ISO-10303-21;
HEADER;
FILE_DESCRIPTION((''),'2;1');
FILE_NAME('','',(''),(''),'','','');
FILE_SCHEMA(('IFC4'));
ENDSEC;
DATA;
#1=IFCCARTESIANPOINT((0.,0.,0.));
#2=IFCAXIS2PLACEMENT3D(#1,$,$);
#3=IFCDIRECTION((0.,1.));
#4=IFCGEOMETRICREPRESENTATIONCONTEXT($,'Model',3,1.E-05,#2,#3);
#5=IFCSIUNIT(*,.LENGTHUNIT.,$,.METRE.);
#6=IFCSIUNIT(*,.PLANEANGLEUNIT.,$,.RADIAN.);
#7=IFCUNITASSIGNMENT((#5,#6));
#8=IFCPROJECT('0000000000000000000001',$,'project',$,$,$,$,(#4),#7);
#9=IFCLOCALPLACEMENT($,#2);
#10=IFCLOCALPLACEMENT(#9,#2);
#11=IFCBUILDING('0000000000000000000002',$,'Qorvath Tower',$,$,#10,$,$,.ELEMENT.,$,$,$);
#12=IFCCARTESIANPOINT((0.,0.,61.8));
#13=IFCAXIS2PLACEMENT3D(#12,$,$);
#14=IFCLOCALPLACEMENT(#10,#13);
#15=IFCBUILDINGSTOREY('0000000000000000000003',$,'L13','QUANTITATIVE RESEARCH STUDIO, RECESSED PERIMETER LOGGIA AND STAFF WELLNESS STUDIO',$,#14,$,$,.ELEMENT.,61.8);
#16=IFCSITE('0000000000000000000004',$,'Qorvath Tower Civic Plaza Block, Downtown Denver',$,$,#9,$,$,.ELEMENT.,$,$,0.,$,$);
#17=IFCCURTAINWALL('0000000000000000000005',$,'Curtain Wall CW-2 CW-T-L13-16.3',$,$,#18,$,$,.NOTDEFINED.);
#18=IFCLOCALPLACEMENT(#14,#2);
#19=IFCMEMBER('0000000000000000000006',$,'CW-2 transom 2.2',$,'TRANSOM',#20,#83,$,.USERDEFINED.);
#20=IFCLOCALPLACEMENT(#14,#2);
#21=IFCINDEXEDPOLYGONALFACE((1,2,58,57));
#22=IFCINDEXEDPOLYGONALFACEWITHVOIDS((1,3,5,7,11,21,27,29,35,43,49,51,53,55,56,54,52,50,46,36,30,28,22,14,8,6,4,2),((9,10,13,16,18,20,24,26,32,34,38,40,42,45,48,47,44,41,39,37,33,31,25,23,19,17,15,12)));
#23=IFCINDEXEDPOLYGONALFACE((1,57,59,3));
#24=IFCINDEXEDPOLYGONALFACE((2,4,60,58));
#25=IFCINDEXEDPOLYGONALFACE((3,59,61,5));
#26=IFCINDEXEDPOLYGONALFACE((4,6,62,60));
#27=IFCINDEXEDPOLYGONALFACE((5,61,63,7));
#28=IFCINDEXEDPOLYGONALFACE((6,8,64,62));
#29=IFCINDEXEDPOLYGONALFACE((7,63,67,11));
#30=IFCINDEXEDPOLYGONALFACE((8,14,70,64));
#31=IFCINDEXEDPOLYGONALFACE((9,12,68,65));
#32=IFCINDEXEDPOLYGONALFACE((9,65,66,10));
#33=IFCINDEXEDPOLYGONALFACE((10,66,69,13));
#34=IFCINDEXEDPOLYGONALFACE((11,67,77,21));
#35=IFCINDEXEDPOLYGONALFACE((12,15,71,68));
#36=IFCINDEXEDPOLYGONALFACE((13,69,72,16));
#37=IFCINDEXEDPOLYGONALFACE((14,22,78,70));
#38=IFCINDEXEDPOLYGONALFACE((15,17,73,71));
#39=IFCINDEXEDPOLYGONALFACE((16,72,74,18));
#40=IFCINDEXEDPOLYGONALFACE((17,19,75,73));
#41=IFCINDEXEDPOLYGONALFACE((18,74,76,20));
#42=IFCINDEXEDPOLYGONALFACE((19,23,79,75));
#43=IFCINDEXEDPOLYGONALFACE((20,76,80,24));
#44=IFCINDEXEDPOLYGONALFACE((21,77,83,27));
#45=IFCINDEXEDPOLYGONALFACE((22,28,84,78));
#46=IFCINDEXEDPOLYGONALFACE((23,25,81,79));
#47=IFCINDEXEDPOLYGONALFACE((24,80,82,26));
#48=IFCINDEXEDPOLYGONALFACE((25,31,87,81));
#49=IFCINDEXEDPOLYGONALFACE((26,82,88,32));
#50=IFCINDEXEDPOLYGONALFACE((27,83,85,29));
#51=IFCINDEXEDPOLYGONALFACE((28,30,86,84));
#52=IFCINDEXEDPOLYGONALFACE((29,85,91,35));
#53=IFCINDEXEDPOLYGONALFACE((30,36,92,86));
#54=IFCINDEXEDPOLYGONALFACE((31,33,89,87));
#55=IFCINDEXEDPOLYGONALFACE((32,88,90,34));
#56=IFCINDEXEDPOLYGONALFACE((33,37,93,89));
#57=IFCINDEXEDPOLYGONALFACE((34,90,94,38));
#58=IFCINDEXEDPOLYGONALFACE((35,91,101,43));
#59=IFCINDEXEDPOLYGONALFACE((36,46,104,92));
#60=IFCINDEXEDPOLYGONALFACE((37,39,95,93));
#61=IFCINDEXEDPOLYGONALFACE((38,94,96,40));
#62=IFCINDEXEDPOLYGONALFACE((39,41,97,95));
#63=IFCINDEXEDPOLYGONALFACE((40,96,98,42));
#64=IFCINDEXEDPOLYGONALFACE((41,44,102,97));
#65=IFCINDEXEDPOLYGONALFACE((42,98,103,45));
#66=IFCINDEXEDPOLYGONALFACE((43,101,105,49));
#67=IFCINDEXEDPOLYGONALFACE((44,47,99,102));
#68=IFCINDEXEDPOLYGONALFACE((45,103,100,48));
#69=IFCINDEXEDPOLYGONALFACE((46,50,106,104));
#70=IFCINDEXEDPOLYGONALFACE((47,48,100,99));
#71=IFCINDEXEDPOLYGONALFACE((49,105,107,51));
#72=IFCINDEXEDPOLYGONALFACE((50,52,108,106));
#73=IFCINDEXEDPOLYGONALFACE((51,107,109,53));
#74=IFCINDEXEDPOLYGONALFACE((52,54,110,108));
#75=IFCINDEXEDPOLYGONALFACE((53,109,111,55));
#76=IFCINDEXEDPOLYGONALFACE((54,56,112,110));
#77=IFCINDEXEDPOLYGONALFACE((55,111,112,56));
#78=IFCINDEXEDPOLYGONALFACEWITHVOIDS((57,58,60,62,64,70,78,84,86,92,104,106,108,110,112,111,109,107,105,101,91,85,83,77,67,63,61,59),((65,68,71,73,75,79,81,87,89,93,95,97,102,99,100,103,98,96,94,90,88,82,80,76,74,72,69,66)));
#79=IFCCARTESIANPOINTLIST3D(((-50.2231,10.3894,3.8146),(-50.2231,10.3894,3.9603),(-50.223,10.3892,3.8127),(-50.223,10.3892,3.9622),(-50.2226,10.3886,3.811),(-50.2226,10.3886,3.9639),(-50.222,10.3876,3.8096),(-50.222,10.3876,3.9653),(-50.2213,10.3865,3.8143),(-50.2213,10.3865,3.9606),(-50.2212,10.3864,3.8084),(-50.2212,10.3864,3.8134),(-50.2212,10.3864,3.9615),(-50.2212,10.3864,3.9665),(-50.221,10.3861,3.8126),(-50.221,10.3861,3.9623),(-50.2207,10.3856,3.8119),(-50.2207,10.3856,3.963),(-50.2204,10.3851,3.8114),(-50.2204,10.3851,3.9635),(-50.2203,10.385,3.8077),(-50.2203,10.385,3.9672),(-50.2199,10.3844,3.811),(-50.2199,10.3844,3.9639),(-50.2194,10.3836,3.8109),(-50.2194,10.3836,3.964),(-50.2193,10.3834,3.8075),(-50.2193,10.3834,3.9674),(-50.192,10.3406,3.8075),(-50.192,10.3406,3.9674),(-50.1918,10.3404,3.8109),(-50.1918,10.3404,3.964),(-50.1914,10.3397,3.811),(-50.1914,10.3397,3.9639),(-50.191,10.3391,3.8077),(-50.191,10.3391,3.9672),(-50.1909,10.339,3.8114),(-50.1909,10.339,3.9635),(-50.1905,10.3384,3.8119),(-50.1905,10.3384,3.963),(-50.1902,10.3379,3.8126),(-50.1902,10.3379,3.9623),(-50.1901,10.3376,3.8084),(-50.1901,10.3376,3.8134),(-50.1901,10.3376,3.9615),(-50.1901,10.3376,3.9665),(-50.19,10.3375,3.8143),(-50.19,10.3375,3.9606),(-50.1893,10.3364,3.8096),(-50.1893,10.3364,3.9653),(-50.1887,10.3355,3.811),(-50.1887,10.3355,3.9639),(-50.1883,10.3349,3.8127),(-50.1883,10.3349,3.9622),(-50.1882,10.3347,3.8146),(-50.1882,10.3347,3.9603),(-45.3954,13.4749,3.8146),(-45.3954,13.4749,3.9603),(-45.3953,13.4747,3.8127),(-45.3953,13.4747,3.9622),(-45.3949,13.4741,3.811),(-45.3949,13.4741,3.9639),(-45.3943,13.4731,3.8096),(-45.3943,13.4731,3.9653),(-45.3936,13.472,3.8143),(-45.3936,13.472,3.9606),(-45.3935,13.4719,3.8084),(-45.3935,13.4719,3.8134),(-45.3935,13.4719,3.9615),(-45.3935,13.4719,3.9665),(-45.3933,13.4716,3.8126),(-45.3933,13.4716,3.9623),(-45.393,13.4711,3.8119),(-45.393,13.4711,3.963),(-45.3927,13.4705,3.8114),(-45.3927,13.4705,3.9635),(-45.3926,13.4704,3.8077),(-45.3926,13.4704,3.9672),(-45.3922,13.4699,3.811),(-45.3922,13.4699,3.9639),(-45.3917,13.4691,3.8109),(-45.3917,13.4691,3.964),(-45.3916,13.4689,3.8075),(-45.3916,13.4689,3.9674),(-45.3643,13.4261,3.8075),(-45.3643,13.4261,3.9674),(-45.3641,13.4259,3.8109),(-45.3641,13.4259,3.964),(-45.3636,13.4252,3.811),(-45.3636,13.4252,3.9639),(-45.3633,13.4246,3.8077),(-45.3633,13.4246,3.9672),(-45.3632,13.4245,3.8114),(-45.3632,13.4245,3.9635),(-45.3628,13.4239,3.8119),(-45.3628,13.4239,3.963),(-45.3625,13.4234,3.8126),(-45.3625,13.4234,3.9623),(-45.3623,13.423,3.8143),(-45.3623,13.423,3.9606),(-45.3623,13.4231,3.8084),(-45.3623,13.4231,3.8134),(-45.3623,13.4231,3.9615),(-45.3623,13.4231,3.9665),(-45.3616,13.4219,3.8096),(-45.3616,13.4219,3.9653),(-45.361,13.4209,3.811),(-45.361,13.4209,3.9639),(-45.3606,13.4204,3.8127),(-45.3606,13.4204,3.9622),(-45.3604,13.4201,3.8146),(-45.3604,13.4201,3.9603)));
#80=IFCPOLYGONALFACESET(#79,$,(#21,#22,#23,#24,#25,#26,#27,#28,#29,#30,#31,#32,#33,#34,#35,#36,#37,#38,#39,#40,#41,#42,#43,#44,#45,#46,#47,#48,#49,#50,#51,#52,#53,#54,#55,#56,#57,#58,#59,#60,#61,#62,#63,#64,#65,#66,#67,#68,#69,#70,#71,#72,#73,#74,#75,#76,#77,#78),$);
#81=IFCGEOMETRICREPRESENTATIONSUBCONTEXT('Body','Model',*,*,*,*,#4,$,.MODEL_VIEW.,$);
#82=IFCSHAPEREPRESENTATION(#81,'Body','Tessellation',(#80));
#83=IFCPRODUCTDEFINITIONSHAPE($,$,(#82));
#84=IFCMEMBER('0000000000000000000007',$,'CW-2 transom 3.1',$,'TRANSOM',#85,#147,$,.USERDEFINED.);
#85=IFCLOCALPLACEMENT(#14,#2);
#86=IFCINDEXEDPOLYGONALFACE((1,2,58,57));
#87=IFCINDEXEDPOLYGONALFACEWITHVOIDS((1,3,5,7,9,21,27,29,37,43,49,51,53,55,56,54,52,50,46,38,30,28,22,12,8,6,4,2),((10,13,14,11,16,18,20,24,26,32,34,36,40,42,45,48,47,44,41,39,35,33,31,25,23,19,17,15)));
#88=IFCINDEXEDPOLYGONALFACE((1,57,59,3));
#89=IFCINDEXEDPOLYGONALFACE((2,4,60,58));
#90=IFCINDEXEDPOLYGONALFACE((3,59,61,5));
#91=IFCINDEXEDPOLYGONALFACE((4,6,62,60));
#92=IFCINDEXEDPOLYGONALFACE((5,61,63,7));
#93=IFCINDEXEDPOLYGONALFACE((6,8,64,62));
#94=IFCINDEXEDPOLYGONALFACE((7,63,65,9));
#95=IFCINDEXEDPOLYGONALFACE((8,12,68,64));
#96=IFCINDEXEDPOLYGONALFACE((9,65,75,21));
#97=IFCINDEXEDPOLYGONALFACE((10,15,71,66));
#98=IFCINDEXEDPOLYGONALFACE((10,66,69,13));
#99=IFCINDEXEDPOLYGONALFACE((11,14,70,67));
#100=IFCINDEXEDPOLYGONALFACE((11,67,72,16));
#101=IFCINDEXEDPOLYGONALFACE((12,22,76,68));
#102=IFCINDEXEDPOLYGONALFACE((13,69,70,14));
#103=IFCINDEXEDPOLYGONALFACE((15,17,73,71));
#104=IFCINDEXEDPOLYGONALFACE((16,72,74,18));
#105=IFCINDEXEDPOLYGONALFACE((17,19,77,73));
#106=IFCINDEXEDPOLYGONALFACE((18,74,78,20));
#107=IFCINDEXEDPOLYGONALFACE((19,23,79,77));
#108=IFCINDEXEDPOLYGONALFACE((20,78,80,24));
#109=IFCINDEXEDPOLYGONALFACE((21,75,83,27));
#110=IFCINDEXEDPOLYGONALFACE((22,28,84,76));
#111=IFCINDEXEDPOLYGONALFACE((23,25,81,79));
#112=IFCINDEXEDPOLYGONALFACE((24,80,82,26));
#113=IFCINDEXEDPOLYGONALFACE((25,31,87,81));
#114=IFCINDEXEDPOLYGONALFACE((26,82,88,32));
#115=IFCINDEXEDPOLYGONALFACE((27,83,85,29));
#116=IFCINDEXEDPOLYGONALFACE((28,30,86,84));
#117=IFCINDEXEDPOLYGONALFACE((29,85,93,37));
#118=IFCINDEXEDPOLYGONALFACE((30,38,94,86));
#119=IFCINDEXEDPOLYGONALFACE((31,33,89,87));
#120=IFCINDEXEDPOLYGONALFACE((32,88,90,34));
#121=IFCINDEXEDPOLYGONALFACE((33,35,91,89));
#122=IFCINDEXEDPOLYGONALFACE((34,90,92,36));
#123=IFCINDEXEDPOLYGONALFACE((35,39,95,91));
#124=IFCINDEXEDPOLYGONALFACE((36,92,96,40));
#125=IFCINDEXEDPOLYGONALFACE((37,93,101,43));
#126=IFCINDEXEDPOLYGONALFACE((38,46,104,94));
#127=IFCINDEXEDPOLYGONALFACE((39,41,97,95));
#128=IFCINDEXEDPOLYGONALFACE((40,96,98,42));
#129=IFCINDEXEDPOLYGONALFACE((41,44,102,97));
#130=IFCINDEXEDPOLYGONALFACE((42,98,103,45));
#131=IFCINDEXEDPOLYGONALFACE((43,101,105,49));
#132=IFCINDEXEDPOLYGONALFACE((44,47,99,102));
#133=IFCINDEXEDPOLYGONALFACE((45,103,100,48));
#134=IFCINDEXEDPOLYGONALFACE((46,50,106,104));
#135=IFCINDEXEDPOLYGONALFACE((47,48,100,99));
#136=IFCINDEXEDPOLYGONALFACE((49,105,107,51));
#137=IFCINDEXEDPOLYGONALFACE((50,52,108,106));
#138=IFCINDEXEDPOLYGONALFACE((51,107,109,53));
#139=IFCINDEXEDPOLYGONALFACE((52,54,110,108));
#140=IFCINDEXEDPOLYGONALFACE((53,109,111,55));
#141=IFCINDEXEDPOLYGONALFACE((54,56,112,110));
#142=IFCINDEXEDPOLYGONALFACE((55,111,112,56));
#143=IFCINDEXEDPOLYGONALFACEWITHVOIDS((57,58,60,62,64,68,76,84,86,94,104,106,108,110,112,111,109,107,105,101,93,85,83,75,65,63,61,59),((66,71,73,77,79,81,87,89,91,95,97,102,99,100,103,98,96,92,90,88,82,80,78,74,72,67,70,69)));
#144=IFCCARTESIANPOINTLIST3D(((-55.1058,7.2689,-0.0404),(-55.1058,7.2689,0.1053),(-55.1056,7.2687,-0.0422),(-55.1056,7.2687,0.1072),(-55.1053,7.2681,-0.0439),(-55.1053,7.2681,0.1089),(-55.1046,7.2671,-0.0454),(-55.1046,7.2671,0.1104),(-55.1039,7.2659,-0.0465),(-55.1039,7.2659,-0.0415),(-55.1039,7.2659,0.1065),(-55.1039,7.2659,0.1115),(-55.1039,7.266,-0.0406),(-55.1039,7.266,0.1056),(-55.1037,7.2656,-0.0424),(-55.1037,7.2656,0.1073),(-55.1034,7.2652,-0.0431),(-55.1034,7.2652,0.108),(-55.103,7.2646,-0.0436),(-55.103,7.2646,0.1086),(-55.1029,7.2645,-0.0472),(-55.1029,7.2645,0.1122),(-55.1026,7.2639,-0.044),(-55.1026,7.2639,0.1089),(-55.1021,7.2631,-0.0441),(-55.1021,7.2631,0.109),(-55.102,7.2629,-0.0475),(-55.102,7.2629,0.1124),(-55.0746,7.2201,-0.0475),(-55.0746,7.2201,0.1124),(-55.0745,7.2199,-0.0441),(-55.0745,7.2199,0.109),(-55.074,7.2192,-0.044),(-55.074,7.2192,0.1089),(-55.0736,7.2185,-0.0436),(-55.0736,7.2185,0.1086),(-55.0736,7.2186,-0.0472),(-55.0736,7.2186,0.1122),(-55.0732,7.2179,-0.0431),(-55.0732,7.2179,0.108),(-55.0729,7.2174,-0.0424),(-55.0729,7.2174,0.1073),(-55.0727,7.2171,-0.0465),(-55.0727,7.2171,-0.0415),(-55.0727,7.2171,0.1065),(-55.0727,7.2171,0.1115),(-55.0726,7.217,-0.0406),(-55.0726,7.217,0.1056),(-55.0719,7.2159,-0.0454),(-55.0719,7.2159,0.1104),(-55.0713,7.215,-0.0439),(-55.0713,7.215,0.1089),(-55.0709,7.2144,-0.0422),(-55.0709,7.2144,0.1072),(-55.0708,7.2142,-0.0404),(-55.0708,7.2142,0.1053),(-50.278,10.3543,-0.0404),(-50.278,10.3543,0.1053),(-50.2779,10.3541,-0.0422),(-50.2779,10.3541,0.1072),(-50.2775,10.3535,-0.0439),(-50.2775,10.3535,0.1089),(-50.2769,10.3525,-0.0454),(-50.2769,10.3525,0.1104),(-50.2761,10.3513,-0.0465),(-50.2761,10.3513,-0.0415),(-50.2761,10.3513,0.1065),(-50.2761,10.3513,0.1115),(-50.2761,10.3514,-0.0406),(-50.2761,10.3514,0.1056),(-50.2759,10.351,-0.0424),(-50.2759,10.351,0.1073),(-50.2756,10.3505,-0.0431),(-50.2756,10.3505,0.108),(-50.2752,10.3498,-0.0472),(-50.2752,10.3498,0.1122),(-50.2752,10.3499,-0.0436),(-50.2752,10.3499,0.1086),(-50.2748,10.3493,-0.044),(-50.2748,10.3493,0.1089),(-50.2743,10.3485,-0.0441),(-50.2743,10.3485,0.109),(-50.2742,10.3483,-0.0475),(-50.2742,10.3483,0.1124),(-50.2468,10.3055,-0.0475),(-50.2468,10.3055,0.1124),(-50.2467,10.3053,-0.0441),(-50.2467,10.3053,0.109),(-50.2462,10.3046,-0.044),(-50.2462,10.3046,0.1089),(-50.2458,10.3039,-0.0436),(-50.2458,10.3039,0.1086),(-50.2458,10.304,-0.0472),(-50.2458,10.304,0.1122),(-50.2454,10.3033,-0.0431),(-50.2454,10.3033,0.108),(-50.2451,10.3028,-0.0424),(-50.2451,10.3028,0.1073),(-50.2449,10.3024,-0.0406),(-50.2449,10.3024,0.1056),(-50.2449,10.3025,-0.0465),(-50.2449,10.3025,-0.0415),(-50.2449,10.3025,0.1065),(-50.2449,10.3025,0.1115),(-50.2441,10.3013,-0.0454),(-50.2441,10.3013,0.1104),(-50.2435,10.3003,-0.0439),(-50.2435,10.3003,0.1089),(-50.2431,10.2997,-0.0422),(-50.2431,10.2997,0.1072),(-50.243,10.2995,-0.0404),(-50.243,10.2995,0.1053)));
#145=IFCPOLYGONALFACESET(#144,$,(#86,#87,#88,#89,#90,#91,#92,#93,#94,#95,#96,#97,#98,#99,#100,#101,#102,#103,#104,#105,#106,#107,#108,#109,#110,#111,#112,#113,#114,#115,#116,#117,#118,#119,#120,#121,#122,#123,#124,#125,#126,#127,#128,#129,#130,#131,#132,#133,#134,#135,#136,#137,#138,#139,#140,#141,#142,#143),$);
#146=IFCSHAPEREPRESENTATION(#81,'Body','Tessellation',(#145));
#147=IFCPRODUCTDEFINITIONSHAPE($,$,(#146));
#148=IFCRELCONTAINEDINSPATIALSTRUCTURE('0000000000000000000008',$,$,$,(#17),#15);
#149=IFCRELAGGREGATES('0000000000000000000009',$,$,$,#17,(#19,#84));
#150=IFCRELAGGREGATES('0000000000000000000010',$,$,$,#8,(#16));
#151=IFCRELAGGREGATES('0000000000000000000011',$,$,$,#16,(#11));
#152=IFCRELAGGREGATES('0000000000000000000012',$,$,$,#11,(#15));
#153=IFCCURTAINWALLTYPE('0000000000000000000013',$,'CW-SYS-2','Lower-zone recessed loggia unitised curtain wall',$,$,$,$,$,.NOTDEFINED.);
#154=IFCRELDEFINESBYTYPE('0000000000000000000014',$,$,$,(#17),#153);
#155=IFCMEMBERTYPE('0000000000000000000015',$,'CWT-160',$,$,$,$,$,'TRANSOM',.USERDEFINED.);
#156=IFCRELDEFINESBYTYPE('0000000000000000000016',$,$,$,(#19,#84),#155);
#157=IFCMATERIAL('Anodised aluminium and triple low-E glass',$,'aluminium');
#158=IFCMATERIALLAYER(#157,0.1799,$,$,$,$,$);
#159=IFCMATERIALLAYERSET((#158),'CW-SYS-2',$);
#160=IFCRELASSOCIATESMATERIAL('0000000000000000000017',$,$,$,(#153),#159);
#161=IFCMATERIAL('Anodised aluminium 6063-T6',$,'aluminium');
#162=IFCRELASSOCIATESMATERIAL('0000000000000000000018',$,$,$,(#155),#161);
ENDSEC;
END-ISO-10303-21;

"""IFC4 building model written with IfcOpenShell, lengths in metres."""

from ifc_helpers import new_model, si_unit, direction, frame, origin, origin_2d, place, context, subcontext, project, spatial, hollow_rectangle, extrude, material, layer, layer_set, material_profile, profile_set, type_object, element, aggregate, save


model = new_model("IFC4")

# Units and contexts
model_context = context("Model", 3, precision=1e-05, world=origin(), true_north=direction((0.0, 1.0)))
body_context = subcontext(model_context, "Body", "Model", "MODEL_VIEW")
ifc_project = project(units=[si_unit("LENGTHUNIT", "METRE"), si_unit("PLANEANGLEUNIT", "RADIAN")], contexts=[model_context])

# Site, building, storey
site_placement = place(None, origin())
site = spatial("IfcSite", under=ifc_project, at=site_placement, Name="Qorvath Tower Civic Plaza Block, Downtown Denver", CompositionType="ELEMENT", RefElevation=0.0)
building_placement = place(site_placement, origin())
building = spatial("IfcBuilding", under=site, at=building_placement, Name="Qorvath Tower", CompositionType="ELEMENT")
storey_placement = place(building_placement, frame((0.0, 0.0, 61.8)))
storey = spatial("IfcBuildingStorey", under=building, at=storey_placement, Name="L13", Description="QUANTITATIVE RESEARCH STUDIO, RECESSED PERIMETER LOGGIA AND STAFF WELLNESS STUDIO", CompositionType="ELEMENT", Elevation=61.8)

# Curtain wall, members
ifc_material_1 = material(Name="Anodised aluminium and triple low-E glass", Category="aluminium")
ifc_layer_1 = layer(ifc_material_1, 0.1799)
ifc_layer_set_1 = layer_set([ifc_layer_1], Name="CW-SYS-2")
curtain_wall_type = type_object("IfcCurtainWallType", Name="CW-SYS-2", Description="Lower-zone recessed loggia unitised curtain wall", PredefinedType="NOTDEFINED", material=ifc_layer_set_1)
curtain_wall_placement = place(storey_placement, origin())
curtain_wall = element("IfcCurtainWall", 1, at=curtain_wall_placement, inside=storey, type_object=curtain_wall_type, Name="Curtain Wall CW-2 CW-T-L13-16.3", PredefinedType="NOTDEFINED")
ifc_material_2 = material(Name="Anodised aluminium 6063-T6", Category="aluminium")
ifc_material_profile_1 = material_profile(ifc_material_2, hollow_rectangle(XDim=0.0649, YDim=0.1599, WallThickness=0.0034, InnerFilletRadius=0.0034, OuterFilletRadius=0.0071, at=origin_2d()), Name="CWT 160x65")
ifc_profile_set_1 = profile_set([ifc_material_profile_1], Name="Anodised aluminium 6063-T6")
member_type_1 = type_object("IfcMemberType", Name="CWT-160", ElementType="TRANSOM", PredefinedType="USERDEFINED", material=ifc_profile_set_1)
member_1_placement = place(storey_placement, frame((-45.3779, 13.4475, 3.8875), z_axis=(-0.842607, -0.538529, 0.0), x_axis=(0.538529, -0.842607, 0.0)))
member_1 = element("IfcMember", 2, at=member_1_placement, type_object=member_type_1, Name="CW-2 transom 2.2", ObjectType="TRANSOM", PredefinedType="USERDEFINED", context=body_context, shape_type="SweptSolid", body=[
    extrude(hollow_rectangle(XDim=0.0649, YDim=0.1599, WallThickness=0.0034, InnerFilletRadius=0.0034, OuterFilletRadius=0.0071, at=origin_2d()), origin(), (0.0, 0.0, 1.0), 5.7295),
])
member_2_placement = place(storey_placement, frame((-50.2605, 10.3269, 0.0325), z_axis=(-0.842619, -0.538509, 0.0), x_axis=(0.538509, -0.842619, 0.0)))
member_2 = element("IfcMember", 3, at=member_2_placement, type_object=member_type_1, Name="CW-2 transom 3.1", ObjectType="TRANSOM", PredefinedType="USERDEFINED", context=body_context, shape_type="SweptSolid", body=[
    extrude(hollow_rectangle(XDim=0.0649, YDim=0.1599, WallThickness=0.0034, InnerFilletRadius=0.0034, OuterFilletRadius=0.0071, at=origin_2d()), origin(), (0.0, 0.0, 1.0), 5.7295),
])

aggregate(curtain_wall, [member_1, member_2])

save(model, "model.ifc")
